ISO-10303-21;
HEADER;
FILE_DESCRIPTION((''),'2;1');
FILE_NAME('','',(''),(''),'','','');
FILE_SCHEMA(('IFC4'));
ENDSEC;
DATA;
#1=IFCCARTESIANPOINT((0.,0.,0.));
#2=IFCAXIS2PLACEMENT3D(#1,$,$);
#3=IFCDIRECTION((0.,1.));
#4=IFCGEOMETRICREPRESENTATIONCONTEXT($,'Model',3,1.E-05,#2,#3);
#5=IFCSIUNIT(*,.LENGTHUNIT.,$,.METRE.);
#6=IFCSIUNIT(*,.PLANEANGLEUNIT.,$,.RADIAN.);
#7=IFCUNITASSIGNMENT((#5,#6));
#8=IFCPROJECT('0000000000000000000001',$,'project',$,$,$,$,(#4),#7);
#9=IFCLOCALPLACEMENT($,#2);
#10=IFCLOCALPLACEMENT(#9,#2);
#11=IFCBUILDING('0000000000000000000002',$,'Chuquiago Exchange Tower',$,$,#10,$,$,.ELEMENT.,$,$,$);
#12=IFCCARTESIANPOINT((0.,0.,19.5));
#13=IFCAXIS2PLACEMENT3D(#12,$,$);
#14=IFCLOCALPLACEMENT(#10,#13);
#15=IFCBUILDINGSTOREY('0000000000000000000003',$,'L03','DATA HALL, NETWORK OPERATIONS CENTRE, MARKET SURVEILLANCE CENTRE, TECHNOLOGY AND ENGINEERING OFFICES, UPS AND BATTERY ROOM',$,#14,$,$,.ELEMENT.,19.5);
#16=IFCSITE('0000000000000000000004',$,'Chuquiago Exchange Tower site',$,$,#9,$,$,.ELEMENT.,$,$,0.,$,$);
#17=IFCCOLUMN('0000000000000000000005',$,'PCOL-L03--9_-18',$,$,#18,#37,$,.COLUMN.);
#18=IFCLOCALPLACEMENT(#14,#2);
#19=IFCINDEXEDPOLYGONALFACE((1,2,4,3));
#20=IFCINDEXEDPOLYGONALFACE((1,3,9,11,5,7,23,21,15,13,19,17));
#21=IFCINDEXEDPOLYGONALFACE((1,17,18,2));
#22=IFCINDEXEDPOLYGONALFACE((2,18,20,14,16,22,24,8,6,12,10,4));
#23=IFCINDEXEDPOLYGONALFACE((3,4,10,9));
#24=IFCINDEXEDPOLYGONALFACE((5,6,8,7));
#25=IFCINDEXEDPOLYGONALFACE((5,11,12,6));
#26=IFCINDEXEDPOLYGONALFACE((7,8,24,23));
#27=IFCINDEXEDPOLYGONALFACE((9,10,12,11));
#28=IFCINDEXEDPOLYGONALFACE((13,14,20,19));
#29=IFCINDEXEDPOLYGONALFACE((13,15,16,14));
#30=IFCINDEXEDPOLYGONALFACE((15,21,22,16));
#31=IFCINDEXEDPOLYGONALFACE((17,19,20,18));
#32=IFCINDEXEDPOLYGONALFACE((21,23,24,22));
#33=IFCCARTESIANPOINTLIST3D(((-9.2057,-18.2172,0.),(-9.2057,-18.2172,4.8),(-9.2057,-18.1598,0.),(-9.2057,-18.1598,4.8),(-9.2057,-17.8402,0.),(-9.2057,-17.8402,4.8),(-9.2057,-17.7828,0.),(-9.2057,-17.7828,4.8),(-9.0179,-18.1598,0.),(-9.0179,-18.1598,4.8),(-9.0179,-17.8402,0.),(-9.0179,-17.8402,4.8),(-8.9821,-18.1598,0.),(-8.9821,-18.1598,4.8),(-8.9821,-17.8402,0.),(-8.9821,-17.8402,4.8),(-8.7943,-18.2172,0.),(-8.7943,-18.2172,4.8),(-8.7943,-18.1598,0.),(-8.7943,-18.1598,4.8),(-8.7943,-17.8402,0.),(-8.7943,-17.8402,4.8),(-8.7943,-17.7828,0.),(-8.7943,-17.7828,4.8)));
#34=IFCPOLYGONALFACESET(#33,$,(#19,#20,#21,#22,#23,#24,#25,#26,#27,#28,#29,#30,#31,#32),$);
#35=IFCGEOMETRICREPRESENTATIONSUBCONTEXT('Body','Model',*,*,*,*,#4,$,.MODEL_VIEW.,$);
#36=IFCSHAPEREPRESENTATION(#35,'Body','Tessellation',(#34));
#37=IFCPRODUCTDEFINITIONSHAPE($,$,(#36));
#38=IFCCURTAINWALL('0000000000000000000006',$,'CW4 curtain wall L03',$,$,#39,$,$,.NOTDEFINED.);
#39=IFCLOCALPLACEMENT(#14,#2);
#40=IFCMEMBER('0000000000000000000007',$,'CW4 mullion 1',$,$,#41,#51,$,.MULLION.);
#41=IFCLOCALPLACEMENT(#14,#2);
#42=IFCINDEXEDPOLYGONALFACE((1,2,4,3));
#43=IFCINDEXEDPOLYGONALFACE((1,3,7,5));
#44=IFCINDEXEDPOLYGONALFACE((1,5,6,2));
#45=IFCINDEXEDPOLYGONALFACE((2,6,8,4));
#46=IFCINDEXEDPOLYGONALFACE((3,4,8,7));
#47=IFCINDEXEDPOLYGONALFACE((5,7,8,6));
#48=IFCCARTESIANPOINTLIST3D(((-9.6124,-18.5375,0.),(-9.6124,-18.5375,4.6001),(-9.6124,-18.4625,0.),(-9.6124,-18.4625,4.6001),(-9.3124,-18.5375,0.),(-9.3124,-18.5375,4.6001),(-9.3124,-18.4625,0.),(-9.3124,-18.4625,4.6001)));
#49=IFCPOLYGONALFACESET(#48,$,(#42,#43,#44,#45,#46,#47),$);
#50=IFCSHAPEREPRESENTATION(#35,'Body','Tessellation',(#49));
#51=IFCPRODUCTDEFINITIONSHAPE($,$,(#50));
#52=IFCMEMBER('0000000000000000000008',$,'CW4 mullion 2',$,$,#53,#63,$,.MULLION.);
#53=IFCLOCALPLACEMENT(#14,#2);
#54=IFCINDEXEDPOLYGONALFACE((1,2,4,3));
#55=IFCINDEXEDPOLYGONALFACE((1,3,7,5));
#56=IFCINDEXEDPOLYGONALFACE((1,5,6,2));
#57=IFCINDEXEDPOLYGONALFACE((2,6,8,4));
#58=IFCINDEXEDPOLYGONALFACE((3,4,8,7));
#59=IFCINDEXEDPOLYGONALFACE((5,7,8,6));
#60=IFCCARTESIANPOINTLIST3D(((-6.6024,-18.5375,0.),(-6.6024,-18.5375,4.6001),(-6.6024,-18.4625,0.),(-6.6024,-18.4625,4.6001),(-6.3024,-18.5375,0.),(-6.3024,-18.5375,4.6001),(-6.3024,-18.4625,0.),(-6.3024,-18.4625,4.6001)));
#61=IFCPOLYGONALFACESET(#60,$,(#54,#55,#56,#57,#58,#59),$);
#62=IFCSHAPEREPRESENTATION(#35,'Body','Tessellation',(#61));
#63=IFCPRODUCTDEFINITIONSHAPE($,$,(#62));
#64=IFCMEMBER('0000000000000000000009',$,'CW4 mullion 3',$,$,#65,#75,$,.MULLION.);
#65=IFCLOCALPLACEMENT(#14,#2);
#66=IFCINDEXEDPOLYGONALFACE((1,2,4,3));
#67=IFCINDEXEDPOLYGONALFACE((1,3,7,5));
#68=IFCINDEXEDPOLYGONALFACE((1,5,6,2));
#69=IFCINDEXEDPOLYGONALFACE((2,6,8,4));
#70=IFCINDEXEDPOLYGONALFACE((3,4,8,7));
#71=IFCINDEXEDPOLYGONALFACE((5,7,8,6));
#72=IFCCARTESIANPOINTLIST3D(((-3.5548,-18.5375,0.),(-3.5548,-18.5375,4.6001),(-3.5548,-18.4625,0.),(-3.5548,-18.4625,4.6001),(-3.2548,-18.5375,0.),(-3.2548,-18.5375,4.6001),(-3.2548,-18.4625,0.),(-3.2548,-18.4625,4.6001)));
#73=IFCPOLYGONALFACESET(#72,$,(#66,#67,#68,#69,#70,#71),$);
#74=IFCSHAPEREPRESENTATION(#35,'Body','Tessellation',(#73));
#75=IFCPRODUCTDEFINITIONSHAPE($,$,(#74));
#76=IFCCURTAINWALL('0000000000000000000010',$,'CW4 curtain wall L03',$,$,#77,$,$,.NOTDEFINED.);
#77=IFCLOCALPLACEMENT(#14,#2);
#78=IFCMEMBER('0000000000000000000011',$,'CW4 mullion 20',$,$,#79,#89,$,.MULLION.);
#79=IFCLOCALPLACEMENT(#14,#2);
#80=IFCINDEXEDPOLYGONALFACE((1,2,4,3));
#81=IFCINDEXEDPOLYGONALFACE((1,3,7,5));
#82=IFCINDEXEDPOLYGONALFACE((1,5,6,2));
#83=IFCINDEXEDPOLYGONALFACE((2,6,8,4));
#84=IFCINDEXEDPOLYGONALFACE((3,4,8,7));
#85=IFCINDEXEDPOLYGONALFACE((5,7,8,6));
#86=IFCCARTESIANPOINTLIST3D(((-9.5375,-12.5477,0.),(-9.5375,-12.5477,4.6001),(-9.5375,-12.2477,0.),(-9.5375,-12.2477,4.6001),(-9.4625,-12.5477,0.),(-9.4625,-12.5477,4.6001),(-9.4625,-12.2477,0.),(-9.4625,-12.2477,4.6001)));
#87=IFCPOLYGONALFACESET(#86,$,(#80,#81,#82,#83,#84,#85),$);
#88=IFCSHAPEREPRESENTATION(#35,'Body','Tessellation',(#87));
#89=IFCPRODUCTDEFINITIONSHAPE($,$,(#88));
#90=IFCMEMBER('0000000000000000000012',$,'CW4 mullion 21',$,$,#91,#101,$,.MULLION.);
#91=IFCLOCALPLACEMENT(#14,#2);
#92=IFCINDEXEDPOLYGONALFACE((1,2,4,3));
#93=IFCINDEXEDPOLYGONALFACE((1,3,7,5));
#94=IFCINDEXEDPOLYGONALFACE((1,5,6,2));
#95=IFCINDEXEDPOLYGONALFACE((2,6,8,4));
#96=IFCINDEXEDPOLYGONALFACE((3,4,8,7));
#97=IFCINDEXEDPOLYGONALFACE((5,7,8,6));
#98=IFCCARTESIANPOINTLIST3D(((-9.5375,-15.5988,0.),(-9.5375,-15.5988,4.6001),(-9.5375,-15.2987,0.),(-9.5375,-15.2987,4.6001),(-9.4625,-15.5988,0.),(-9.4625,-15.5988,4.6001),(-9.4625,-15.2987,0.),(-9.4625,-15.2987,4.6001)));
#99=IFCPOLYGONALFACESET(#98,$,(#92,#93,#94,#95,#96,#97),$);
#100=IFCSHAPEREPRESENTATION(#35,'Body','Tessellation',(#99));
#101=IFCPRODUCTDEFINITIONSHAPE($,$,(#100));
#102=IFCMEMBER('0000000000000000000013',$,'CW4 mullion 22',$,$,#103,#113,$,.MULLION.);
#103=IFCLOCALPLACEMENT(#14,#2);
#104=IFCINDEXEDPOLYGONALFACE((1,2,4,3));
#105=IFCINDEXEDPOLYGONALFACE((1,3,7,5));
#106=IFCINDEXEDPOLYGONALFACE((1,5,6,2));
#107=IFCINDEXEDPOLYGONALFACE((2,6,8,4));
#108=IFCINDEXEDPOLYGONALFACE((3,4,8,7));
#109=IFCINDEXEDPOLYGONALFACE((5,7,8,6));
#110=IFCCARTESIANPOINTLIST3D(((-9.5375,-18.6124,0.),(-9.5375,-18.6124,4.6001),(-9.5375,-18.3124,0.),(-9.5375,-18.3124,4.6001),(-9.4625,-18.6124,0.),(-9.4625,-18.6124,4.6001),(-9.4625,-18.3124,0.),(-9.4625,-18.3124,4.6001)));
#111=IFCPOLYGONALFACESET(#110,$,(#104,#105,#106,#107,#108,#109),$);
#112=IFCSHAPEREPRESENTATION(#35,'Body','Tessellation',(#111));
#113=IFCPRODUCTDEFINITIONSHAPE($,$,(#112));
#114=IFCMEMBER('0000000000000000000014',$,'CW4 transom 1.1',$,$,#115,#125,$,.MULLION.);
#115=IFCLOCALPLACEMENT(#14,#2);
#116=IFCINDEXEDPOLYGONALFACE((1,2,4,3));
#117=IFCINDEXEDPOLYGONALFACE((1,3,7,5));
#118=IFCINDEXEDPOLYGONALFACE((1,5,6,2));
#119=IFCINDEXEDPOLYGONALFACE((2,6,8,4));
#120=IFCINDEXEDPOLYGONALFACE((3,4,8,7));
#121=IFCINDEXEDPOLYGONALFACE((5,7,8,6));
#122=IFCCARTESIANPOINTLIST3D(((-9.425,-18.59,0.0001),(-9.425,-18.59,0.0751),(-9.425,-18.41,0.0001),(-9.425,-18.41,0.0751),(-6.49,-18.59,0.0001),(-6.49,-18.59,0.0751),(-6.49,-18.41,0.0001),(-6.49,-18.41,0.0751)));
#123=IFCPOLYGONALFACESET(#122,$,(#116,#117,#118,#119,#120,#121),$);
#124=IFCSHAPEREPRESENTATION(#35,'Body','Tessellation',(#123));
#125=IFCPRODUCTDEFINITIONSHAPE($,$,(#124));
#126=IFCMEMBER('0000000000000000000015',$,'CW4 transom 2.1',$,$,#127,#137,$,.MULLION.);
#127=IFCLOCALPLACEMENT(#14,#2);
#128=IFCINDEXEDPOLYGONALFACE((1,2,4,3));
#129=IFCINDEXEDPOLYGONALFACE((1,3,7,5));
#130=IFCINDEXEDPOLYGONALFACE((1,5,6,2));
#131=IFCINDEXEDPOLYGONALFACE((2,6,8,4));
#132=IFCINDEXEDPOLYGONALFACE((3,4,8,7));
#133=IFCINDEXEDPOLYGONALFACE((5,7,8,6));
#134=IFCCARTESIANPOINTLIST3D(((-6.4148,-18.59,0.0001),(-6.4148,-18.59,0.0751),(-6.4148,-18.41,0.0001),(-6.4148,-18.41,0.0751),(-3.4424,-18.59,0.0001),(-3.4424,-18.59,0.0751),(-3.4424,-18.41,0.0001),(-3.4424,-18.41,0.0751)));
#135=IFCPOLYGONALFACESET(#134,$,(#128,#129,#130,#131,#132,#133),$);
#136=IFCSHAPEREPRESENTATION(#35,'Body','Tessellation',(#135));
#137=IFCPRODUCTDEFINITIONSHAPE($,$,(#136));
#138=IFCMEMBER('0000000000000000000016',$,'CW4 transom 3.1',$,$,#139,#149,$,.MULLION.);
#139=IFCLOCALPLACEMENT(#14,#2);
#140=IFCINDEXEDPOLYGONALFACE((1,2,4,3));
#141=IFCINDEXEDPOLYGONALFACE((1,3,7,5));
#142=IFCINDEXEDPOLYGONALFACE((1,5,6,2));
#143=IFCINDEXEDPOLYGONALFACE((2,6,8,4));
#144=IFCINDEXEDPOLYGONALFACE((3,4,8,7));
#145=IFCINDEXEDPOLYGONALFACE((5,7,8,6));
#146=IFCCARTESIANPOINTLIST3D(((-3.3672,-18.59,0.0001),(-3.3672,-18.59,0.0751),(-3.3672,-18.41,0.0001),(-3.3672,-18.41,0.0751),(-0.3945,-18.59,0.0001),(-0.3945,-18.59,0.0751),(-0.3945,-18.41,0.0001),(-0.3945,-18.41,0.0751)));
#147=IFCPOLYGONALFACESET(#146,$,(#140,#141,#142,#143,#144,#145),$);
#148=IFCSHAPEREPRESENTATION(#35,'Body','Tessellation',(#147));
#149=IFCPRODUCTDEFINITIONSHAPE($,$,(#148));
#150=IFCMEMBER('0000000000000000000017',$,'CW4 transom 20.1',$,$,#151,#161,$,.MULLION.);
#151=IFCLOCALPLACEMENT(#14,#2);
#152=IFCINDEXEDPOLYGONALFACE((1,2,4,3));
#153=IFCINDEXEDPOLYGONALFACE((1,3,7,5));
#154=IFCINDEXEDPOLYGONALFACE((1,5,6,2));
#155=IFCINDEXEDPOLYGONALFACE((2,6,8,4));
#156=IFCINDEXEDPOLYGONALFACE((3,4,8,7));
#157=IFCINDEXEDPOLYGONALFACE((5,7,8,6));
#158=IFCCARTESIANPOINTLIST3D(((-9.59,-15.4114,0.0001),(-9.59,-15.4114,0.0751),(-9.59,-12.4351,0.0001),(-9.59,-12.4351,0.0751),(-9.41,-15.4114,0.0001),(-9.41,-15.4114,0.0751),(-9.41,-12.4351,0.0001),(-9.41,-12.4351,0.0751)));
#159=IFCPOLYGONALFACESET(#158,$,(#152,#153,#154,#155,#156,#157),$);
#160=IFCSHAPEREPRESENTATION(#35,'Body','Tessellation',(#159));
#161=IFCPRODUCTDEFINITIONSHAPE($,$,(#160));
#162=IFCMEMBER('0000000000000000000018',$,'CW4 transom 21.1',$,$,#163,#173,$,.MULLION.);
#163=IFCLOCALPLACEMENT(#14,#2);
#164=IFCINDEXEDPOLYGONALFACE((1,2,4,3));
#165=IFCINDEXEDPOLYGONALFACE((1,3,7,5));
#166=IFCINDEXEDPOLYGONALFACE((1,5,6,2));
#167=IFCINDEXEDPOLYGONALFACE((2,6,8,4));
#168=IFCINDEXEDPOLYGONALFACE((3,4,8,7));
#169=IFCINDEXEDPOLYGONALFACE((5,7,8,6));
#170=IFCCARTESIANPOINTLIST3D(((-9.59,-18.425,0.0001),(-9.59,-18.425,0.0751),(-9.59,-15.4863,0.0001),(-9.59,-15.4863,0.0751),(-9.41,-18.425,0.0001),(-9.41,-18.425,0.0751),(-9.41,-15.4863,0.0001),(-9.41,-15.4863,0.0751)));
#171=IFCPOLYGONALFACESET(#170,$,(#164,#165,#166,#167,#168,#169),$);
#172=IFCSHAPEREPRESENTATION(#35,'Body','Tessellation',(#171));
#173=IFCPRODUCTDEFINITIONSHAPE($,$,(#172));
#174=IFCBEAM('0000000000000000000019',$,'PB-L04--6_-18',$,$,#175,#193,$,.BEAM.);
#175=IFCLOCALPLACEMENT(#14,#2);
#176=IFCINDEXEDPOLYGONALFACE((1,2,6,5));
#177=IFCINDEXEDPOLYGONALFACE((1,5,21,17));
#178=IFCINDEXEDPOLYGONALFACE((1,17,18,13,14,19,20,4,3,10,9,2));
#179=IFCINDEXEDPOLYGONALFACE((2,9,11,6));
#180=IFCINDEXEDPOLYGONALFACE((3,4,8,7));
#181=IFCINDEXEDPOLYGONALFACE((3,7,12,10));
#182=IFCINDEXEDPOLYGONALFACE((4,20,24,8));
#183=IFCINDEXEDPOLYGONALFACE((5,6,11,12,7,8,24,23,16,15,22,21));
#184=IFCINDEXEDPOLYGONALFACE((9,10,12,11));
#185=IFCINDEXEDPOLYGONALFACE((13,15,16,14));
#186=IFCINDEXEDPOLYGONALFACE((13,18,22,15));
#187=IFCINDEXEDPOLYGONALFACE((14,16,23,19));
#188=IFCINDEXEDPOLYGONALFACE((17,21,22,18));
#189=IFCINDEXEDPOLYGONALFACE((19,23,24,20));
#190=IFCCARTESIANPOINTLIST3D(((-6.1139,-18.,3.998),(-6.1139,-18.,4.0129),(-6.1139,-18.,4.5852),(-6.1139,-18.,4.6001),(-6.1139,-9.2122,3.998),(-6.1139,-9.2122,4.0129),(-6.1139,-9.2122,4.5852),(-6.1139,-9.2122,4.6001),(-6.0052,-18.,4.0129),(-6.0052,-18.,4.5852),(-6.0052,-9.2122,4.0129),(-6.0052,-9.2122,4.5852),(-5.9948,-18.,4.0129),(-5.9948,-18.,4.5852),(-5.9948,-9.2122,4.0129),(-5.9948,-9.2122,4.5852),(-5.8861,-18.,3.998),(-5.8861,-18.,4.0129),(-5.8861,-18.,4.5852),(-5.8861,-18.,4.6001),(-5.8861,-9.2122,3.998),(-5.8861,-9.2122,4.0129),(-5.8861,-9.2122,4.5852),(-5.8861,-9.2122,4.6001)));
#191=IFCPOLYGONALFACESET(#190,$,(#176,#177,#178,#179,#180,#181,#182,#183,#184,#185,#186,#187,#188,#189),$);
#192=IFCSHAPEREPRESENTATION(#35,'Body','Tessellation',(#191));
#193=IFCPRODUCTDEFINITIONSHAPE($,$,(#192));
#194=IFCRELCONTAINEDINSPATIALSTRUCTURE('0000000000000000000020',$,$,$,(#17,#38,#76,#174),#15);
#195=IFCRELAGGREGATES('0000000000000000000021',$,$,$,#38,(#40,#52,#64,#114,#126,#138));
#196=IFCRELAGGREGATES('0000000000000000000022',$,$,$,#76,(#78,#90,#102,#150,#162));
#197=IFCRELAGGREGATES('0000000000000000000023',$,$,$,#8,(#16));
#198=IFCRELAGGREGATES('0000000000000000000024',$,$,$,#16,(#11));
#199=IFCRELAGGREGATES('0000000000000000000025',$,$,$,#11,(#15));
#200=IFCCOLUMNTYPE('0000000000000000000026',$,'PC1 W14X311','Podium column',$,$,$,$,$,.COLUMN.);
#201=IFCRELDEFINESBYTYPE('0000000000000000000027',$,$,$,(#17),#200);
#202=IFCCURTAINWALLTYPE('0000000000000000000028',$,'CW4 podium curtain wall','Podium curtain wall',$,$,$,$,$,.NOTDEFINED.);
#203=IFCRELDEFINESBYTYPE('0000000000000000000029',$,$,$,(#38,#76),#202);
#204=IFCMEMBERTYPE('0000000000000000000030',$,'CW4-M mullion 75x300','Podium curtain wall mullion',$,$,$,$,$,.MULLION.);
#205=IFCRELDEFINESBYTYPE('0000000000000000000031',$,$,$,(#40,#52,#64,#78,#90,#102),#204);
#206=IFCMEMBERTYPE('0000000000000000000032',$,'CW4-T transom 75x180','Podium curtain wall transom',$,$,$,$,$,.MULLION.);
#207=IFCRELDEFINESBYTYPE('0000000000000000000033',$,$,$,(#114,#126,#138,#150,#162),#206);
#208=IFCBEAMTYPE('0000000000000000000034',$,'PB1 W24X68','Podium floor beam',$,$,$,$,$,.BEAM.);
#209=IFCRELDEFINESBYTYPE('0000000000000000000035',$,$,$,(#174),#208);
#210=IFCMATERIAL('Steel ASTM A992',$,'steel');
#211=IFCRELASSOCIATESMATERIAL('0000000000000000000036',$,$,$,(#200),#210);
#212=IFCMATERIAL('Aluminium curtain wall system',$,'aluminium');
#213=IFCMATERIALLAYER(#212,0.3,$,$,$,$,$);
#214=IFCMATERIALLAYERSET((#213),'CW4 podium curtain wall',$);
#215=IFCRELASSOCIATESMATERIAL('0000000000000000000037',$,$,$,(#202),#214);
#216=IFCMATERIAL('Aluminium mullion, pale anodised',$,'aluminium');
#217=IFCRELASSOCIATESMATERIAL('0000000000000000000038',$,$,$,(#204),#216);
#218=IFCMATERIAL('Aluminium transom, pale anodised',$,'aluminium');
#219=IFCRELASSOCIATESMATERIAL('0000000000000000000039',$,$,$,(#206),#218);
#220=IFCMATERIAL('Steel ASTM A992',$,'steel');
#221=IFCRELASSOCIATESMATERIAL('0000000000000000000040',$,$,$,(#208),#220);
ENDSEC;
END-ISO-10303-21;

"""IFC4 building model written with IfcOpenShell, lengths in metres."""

from ifc_helpers import new_model, si_unit, direction, frame, origin, origin_2d, place, context, subcontext, project, spatial, rectangle, i_section, extrude, material, layer, layer_set, material_profile, profile_set, type_object, element, aggregate, save


model = new_model("IFC4")

# Units and contexts
model_context = context("Model", 3, precision=1e-05, world=origin(), true_north=direction((0.0, 1.0)))
body_context = subcontext(model_context, "Body", "Model", "MODEL_VIEW")
ifc_project = project(units=[si_unit("LENGTHUNIT", "METRE"), si_unit("PLANEANGLEUNIT", "RADIAN")], contexts=[model_context])

# Site, building, storey
site_placement = place(None, origin())
site = spatial("IfcSite", under=ifc_project, at=site_placement, Name="Chuquiago Exchange Tower site", CompositionType="ELEMENT", RefElevation=0.0)
building_placement = place(site_placement, origin())
building = spatial("IfcBuilding", under=site, at=building_placement, Name="Chuquiago Exchange Tower", CompositionType="ELEMENT")
storey_placement = place(building_placement, frame((0.0, 0.0, 19.5)))
storey = spatial("IfcBuildingStorey", under=building, at=storey_placement, Name="L03", Description="DATA HALL, NETWORK OPERATIONS CENTRE, MARKET SURVEILLANCE CENTRE, TECHNOLOGY AND ENGINEERING OFFICES, UPS AND BATTERY ROOM", CompositionType="ELEMENT", Elevation=19.5)

# Column
ifc_material_1 = material(Name="Steel ASTM A992", Category="steel")
ifc_material_profile_1 = material_profile(ifc_material_1, i_section(OverallWidth=0.4114, OverallDepth=0.4343, WebThickness=0.0359, FlangeThickness=0.0574, at=origin_2d()), Name="W14X311")
ifc_profile_set_1 = profile_set([ifc_material_profile_1], Name="Steel ASTM A992")
column_type = type_object("IfcColumnType", Name="PC1 W14X311", Description="Podium column", PredefinedType="COLUMN", material=ifc_profile_set_1)
column_placement = place(storey_placement, frame((-9.0, -18.0, 0.0), z_axis=(0.0, 0.0, 1.0), x_axis=(1.0, 0.0, 0.0)))
element("IfcColumn", 1, at=column_placement, inside=storey, type_object=column_type, Name="PCOL-L03--9_-18", PredefinedType="COLUMN", context=body_context, shape_type="SweptSolid", body=[
    extrude(i_section(OverallWidth=0.4114, OverallDepth=0.4343, WebThickness=0.0359, FlangeThickness=0.0574, at=origin_2d()), origin(), (0.0, 0.0, 1.0), 4.8),
])

# Curtain walls, members
ifc_material_2 = material(Name="Aluminium curtain wall system", Category="aluminium")
ifc_layer_1 = layer(ifc_material_2, 0.3)
ifc_layer_set_1 = layer_set([ifc_layer_1], Name="CW4 podium curtain wall")
curtain_wall_type = type_object("IfcCurtainWallType", Name="CW4 podium curtain wall", Description="Podium curtain wall", PredefinedType="NOTDEFINED", material=ifc_layer_set_1)
curtain_wall_1_placement = place(storey_placement, origin())
curtain_wall_1 = element("IfcCurtainWall", 2, at=curtain_wall_1_placement, inside=storey, type_object=curtain_wall_type, Name="CW4 curtain wall L03", PredefinedType="NOTDEFINED")
ifc_material_3 = material(Name="Aluminium mullion, pale anodised", Category="aluminium")
ifc_material_profile_2 = material_profile(ifc_material_3, rectangle(XDim=0.075, YDim=0.3, at=origin_2d()), Name="AL 75x300")
ifc_profile_set_2 = profile_set([ifc_material_profile_2], Name="Aluminium mullion, pale anodised")
member_type_1 = type_object("IfcMemberType", Name="CW4-M mullion 75x300", Description="Podium curtain wall mullion", PredefinedType="MULLION", material=ifc_profile_set_2)
member_1_placement = place(storey_placement, frame((-9.4624, -18.5, 0.0), z_axis=(0.0, 0.0, 1.0), x_axis=(0.0, 1.0, 0.0)))
member_1 = element("IfcMember", 3, at=member_1_placement, type_object=member_type_1, Name="CW4 mullion 1", PredefinedType="MULLION", context=body_context, shape_type="SweptSolid", body=[
    extrude(rectangle(XDim=0.075, YDim=0.3, at=origin_2d()), origin(), (0.0, 0.0, 1.0), 4.6001),
])
member_2_placement = place(storey_placement, frame((-6.4524, -18.5, 0.0), z_axis=(0.0, 0.0, 1.0), x_axis=(0.0, 1.0, 0.0)))
member_2 = element("IfcMember", 4, at=member_2_placement, type_object=member_type_1, Name="CW4 mullion 2", PredefinedType="MULLION", context=body_context, shape_type="SweptSolid", body=[
    extrude(rectangle(XDim=0.075, YDim=0.3, at=origin_2d()), origin(), (0.0, 0.0, 1.0), 4.6001),
])
member_3_placement = place(storey_placement, frame((-3.4048, -18.5, 0.0), z_axis=(0.0, 0.0, 1.0), x_axis=(0.0, 1.0, 0.0)))
member_3 = element("IfcMember", 5, at=member_3_placement, type_object=member_type_1, Name="CW4 mullion 3", PredefinedType="MULLION", context=body_context, shape_type="SweptSolid", body=[
    extrude(rectangle(XDim=0.075, YDim=0.3, at=origin_2d()), origin(), (0.0, 0.0, 1.0), 4.6001),
])
curtain_wall_2_placement = place(storey_placement, origin())
curtain_wall_2 = element("IfcCurtainWall", 6, at=curtain_wall_2_placement, inside=storey, type_object=curtain_wall_type, Name="CW4 curtain wall L03", PredefinedType="NOTDEFINED")
member_4_placement = place(storey_placement, frame((-9.5, -12.3977, 0.0), z_axis=(0.0, 0.0, 1.0), x_axis=(1.0, 0.0, 0.0)))
member_4 = element("IfcMember", 7, at=member_4_placement, type_object=member_type_1, Name="CW4 mullion 20", PredefinedType="MULLION", context=body_context, shape_type="SweptSolid", body=[
    extrude(rectangle(XDim=0.075, YDim=0.3, at=origin_2d()), origin(), (0.0, 0.0, 1.0), 4.6001),
])
member_5_placement = place(storey_placement, frame((-9.5, -15.4487, 0.0), z_axis=(0.0, 0.0, 1.0), x_axis=(1.0, 0.0, 0.0)))
member_5 = element("IfcMember", 8, at=member_5_placement, type_object=member_type_1, Name="CW4 mullion 21", PredefinedType="MULLION", context=body_context, shape_type="SweptSolid", body=[
    extrude(rectangle(XDim=0.075, YDim=0.3, at=origin_2d()), origin(), (0.0, 0.0, 1.0), 4.6001),
])
member_6_placement = place(storey_placement, frame((-9.5, -18.4624, 0.0), z_axis=(0.0, 0.0, 1.0), x_axis=(1.0, 0.0, 0.0)))
member_6 = element("IfcMember", 9, at=member_6_placement, type_object=member_type_1, Name="CW4 mullion 22", PredefinedType="MULLION", context=body_context, shape_type="SweptSolid", body=[
    extrude(rectangle(XDim=0.075, YDim=0.3, at=origin_2d()), origin(), (0.0, 0.0, 1.0), 4.6001),
])

# Members
ifc_material_4 = material(Name="Aluminium transom, pale anodised", Category="aluminium")
ifc_material_profile_3 = material_profile(ifc_material_4, rectangle(XDim=0.1799, YDim=0.075, at=origin_2d()), Name="AL 180x75")
ifc_profile_set_3 = profile_set([ifc_material_profile_3], Name="Aluminium transom, pale anodised")
member_type_2 = type_object("IfcMemberType", Name="CW4-T transom 75x180", Description="Podium curtain wall transom", PredefinedType="MULLION", material=ifc_profile_set_3)
member_7_placement = place(storey_placement, frame((-9.425, -18.5, 0.0376), z_axis=(1.0, 0.0, 0.0), x_axis=(0.0, 1.0, 0.0)))
member_7 = element("IfcMember", 10, at=member_7_placement, type_object=member_type_2, Name="CW4 transom 1.1", PredefinedType="MULLION", context=body_context, shape_type="SweptSolid", body=[
    extrude(rectangle(XDim=0.1799, YDim=0.075, at=origin_2d()), origin(), (0.0, 0.0, 1.0), 2.9351),
])
member_8_placement = place(storey_placement, frame((-6.4148, -18.5, 0.0376), z_axis=(1.0, 0.0, 0.0), x_axis=(0.0, 1.0, 0.0)))
member_8 = element("IfcMember", 11, at=member_8_placement, type_object=member_type_2, Name="CW4 transom 2.1", PredefinedType="MULLION", context=body_context, shape_type="SweptSolid", body=[
    extrude(rectangle(XDim=0.1799, YDim=0.075, at=origin_2d()), origin(), (0.0, 0.0, 1.0), 2.9724),
])
member_9_placement = place(storey_placement, frame((-3.3672, -18.5, 0.0376), z_axis=(1.0, 0.0, 0.0), x_axis=(0.0, 1.0, 0.0)))
member_9 = element("IfcMember", 12, at=member_9_placement, type_object=member_type_2, Name="CW4 transom 3.1", PredefinedType="MULLION", context=body_context, shape_type="SweptSolid", body=[
    extrude(rectangle(XDim=0.1799, YDim=0.075, at=origin_2d()), origin(), (0.0, 0.0, 1.0), 2.9727),
])
member_10_placement = place(storey_placement, frame((-9.5, -12.4351, 0.0376), z_axis=(0.0, -1.0, 0.0), x_axis=(1.0, 0.0, 0.0)))
member_10 = element("IfcMember", 13, at=member_10_placement, type_object=member_type_2, Name="CW4 transom 20.1", PredefinedType="MULLION", context=body_context, shape_type="SweptSolid", body=[
    extrude(rectangle(XDim=0.1799, YDim=0.075, at=origin_2d()), origin(), (0.0, 0.0, 1.0), 2.9763),
])
member_11_placement = place(storey_placement, frame((-9.5, -15.4863, 0.0376), z_axis=(0.0, -1.0, 0.0), x_axis=(1.0, 0.0, 0.0)))
member_11 = element("IfcMember", 14, at=member_11_placement, type_object=member_type_2, Name="CW4 transom 21.1", PredefinedType="MULLION", context=body_context, shape_type="SweptSolid", body=[
    extrude(rectangle(XDim=0.1799, YDim=0.075, at=origin_2d()), origin(), (0.0, 0.0, 1.0), 2.9387),
])

# Beam
ifc_material_5 = material(Name="Steel ASTM A992", Category="steel")
ifc_material_profile_4 = material_profile(ifc_material_5, i_section(OverallWidth=0.2278, OverallDepth=0.6021, WebThickness=0.0105, FlangeThickness=0.0149, at=origin_2d()), Name="W24X68")
ifc_profile_set_4 = profile_set([ifc_material_profile_4], Name="Steel ASTM A992")
beam_type_1 = type_object("IfcBeamType", Name="PB1 W24X68", Description="Podium floor beam", PredefinedType="BEAM", material=ifc_profile_set_4)
for number, where, z_axis, x_axis, name in (
    (15, (-6.0, -18.0, 4.2991), (0.0, 1.0, 0.0), (-1.0, 0.0, 0.0), "PB-L04--6_-18"),
):
    element("IfcBeam", number, at=place(storey_placement, frame(where, z_axis=z_axis, x_axis=x_axis)), inside=storey, type_object=beam_type_1, Name=name, PredefinedType="BEAM", context=body_context, shape_type="SweptSolid", body=[
        extrude(i_section(OverallWidth=0.2278, OverallDepth=0.6021, WebThickness=0.0105, FlangeThickness=0.0149, at=origin_2d()), origin(), (0.0, 0.0, 1.0), 8.7878),
    ])

aggregate(curtain_wall_1, [member_1, member_2, member_3, member_7, member_8, member_9])
aggregate(curtain_wall_2, [member_4, member_5, member_6, member_10, member_11])

save(model, "model.ifc")
